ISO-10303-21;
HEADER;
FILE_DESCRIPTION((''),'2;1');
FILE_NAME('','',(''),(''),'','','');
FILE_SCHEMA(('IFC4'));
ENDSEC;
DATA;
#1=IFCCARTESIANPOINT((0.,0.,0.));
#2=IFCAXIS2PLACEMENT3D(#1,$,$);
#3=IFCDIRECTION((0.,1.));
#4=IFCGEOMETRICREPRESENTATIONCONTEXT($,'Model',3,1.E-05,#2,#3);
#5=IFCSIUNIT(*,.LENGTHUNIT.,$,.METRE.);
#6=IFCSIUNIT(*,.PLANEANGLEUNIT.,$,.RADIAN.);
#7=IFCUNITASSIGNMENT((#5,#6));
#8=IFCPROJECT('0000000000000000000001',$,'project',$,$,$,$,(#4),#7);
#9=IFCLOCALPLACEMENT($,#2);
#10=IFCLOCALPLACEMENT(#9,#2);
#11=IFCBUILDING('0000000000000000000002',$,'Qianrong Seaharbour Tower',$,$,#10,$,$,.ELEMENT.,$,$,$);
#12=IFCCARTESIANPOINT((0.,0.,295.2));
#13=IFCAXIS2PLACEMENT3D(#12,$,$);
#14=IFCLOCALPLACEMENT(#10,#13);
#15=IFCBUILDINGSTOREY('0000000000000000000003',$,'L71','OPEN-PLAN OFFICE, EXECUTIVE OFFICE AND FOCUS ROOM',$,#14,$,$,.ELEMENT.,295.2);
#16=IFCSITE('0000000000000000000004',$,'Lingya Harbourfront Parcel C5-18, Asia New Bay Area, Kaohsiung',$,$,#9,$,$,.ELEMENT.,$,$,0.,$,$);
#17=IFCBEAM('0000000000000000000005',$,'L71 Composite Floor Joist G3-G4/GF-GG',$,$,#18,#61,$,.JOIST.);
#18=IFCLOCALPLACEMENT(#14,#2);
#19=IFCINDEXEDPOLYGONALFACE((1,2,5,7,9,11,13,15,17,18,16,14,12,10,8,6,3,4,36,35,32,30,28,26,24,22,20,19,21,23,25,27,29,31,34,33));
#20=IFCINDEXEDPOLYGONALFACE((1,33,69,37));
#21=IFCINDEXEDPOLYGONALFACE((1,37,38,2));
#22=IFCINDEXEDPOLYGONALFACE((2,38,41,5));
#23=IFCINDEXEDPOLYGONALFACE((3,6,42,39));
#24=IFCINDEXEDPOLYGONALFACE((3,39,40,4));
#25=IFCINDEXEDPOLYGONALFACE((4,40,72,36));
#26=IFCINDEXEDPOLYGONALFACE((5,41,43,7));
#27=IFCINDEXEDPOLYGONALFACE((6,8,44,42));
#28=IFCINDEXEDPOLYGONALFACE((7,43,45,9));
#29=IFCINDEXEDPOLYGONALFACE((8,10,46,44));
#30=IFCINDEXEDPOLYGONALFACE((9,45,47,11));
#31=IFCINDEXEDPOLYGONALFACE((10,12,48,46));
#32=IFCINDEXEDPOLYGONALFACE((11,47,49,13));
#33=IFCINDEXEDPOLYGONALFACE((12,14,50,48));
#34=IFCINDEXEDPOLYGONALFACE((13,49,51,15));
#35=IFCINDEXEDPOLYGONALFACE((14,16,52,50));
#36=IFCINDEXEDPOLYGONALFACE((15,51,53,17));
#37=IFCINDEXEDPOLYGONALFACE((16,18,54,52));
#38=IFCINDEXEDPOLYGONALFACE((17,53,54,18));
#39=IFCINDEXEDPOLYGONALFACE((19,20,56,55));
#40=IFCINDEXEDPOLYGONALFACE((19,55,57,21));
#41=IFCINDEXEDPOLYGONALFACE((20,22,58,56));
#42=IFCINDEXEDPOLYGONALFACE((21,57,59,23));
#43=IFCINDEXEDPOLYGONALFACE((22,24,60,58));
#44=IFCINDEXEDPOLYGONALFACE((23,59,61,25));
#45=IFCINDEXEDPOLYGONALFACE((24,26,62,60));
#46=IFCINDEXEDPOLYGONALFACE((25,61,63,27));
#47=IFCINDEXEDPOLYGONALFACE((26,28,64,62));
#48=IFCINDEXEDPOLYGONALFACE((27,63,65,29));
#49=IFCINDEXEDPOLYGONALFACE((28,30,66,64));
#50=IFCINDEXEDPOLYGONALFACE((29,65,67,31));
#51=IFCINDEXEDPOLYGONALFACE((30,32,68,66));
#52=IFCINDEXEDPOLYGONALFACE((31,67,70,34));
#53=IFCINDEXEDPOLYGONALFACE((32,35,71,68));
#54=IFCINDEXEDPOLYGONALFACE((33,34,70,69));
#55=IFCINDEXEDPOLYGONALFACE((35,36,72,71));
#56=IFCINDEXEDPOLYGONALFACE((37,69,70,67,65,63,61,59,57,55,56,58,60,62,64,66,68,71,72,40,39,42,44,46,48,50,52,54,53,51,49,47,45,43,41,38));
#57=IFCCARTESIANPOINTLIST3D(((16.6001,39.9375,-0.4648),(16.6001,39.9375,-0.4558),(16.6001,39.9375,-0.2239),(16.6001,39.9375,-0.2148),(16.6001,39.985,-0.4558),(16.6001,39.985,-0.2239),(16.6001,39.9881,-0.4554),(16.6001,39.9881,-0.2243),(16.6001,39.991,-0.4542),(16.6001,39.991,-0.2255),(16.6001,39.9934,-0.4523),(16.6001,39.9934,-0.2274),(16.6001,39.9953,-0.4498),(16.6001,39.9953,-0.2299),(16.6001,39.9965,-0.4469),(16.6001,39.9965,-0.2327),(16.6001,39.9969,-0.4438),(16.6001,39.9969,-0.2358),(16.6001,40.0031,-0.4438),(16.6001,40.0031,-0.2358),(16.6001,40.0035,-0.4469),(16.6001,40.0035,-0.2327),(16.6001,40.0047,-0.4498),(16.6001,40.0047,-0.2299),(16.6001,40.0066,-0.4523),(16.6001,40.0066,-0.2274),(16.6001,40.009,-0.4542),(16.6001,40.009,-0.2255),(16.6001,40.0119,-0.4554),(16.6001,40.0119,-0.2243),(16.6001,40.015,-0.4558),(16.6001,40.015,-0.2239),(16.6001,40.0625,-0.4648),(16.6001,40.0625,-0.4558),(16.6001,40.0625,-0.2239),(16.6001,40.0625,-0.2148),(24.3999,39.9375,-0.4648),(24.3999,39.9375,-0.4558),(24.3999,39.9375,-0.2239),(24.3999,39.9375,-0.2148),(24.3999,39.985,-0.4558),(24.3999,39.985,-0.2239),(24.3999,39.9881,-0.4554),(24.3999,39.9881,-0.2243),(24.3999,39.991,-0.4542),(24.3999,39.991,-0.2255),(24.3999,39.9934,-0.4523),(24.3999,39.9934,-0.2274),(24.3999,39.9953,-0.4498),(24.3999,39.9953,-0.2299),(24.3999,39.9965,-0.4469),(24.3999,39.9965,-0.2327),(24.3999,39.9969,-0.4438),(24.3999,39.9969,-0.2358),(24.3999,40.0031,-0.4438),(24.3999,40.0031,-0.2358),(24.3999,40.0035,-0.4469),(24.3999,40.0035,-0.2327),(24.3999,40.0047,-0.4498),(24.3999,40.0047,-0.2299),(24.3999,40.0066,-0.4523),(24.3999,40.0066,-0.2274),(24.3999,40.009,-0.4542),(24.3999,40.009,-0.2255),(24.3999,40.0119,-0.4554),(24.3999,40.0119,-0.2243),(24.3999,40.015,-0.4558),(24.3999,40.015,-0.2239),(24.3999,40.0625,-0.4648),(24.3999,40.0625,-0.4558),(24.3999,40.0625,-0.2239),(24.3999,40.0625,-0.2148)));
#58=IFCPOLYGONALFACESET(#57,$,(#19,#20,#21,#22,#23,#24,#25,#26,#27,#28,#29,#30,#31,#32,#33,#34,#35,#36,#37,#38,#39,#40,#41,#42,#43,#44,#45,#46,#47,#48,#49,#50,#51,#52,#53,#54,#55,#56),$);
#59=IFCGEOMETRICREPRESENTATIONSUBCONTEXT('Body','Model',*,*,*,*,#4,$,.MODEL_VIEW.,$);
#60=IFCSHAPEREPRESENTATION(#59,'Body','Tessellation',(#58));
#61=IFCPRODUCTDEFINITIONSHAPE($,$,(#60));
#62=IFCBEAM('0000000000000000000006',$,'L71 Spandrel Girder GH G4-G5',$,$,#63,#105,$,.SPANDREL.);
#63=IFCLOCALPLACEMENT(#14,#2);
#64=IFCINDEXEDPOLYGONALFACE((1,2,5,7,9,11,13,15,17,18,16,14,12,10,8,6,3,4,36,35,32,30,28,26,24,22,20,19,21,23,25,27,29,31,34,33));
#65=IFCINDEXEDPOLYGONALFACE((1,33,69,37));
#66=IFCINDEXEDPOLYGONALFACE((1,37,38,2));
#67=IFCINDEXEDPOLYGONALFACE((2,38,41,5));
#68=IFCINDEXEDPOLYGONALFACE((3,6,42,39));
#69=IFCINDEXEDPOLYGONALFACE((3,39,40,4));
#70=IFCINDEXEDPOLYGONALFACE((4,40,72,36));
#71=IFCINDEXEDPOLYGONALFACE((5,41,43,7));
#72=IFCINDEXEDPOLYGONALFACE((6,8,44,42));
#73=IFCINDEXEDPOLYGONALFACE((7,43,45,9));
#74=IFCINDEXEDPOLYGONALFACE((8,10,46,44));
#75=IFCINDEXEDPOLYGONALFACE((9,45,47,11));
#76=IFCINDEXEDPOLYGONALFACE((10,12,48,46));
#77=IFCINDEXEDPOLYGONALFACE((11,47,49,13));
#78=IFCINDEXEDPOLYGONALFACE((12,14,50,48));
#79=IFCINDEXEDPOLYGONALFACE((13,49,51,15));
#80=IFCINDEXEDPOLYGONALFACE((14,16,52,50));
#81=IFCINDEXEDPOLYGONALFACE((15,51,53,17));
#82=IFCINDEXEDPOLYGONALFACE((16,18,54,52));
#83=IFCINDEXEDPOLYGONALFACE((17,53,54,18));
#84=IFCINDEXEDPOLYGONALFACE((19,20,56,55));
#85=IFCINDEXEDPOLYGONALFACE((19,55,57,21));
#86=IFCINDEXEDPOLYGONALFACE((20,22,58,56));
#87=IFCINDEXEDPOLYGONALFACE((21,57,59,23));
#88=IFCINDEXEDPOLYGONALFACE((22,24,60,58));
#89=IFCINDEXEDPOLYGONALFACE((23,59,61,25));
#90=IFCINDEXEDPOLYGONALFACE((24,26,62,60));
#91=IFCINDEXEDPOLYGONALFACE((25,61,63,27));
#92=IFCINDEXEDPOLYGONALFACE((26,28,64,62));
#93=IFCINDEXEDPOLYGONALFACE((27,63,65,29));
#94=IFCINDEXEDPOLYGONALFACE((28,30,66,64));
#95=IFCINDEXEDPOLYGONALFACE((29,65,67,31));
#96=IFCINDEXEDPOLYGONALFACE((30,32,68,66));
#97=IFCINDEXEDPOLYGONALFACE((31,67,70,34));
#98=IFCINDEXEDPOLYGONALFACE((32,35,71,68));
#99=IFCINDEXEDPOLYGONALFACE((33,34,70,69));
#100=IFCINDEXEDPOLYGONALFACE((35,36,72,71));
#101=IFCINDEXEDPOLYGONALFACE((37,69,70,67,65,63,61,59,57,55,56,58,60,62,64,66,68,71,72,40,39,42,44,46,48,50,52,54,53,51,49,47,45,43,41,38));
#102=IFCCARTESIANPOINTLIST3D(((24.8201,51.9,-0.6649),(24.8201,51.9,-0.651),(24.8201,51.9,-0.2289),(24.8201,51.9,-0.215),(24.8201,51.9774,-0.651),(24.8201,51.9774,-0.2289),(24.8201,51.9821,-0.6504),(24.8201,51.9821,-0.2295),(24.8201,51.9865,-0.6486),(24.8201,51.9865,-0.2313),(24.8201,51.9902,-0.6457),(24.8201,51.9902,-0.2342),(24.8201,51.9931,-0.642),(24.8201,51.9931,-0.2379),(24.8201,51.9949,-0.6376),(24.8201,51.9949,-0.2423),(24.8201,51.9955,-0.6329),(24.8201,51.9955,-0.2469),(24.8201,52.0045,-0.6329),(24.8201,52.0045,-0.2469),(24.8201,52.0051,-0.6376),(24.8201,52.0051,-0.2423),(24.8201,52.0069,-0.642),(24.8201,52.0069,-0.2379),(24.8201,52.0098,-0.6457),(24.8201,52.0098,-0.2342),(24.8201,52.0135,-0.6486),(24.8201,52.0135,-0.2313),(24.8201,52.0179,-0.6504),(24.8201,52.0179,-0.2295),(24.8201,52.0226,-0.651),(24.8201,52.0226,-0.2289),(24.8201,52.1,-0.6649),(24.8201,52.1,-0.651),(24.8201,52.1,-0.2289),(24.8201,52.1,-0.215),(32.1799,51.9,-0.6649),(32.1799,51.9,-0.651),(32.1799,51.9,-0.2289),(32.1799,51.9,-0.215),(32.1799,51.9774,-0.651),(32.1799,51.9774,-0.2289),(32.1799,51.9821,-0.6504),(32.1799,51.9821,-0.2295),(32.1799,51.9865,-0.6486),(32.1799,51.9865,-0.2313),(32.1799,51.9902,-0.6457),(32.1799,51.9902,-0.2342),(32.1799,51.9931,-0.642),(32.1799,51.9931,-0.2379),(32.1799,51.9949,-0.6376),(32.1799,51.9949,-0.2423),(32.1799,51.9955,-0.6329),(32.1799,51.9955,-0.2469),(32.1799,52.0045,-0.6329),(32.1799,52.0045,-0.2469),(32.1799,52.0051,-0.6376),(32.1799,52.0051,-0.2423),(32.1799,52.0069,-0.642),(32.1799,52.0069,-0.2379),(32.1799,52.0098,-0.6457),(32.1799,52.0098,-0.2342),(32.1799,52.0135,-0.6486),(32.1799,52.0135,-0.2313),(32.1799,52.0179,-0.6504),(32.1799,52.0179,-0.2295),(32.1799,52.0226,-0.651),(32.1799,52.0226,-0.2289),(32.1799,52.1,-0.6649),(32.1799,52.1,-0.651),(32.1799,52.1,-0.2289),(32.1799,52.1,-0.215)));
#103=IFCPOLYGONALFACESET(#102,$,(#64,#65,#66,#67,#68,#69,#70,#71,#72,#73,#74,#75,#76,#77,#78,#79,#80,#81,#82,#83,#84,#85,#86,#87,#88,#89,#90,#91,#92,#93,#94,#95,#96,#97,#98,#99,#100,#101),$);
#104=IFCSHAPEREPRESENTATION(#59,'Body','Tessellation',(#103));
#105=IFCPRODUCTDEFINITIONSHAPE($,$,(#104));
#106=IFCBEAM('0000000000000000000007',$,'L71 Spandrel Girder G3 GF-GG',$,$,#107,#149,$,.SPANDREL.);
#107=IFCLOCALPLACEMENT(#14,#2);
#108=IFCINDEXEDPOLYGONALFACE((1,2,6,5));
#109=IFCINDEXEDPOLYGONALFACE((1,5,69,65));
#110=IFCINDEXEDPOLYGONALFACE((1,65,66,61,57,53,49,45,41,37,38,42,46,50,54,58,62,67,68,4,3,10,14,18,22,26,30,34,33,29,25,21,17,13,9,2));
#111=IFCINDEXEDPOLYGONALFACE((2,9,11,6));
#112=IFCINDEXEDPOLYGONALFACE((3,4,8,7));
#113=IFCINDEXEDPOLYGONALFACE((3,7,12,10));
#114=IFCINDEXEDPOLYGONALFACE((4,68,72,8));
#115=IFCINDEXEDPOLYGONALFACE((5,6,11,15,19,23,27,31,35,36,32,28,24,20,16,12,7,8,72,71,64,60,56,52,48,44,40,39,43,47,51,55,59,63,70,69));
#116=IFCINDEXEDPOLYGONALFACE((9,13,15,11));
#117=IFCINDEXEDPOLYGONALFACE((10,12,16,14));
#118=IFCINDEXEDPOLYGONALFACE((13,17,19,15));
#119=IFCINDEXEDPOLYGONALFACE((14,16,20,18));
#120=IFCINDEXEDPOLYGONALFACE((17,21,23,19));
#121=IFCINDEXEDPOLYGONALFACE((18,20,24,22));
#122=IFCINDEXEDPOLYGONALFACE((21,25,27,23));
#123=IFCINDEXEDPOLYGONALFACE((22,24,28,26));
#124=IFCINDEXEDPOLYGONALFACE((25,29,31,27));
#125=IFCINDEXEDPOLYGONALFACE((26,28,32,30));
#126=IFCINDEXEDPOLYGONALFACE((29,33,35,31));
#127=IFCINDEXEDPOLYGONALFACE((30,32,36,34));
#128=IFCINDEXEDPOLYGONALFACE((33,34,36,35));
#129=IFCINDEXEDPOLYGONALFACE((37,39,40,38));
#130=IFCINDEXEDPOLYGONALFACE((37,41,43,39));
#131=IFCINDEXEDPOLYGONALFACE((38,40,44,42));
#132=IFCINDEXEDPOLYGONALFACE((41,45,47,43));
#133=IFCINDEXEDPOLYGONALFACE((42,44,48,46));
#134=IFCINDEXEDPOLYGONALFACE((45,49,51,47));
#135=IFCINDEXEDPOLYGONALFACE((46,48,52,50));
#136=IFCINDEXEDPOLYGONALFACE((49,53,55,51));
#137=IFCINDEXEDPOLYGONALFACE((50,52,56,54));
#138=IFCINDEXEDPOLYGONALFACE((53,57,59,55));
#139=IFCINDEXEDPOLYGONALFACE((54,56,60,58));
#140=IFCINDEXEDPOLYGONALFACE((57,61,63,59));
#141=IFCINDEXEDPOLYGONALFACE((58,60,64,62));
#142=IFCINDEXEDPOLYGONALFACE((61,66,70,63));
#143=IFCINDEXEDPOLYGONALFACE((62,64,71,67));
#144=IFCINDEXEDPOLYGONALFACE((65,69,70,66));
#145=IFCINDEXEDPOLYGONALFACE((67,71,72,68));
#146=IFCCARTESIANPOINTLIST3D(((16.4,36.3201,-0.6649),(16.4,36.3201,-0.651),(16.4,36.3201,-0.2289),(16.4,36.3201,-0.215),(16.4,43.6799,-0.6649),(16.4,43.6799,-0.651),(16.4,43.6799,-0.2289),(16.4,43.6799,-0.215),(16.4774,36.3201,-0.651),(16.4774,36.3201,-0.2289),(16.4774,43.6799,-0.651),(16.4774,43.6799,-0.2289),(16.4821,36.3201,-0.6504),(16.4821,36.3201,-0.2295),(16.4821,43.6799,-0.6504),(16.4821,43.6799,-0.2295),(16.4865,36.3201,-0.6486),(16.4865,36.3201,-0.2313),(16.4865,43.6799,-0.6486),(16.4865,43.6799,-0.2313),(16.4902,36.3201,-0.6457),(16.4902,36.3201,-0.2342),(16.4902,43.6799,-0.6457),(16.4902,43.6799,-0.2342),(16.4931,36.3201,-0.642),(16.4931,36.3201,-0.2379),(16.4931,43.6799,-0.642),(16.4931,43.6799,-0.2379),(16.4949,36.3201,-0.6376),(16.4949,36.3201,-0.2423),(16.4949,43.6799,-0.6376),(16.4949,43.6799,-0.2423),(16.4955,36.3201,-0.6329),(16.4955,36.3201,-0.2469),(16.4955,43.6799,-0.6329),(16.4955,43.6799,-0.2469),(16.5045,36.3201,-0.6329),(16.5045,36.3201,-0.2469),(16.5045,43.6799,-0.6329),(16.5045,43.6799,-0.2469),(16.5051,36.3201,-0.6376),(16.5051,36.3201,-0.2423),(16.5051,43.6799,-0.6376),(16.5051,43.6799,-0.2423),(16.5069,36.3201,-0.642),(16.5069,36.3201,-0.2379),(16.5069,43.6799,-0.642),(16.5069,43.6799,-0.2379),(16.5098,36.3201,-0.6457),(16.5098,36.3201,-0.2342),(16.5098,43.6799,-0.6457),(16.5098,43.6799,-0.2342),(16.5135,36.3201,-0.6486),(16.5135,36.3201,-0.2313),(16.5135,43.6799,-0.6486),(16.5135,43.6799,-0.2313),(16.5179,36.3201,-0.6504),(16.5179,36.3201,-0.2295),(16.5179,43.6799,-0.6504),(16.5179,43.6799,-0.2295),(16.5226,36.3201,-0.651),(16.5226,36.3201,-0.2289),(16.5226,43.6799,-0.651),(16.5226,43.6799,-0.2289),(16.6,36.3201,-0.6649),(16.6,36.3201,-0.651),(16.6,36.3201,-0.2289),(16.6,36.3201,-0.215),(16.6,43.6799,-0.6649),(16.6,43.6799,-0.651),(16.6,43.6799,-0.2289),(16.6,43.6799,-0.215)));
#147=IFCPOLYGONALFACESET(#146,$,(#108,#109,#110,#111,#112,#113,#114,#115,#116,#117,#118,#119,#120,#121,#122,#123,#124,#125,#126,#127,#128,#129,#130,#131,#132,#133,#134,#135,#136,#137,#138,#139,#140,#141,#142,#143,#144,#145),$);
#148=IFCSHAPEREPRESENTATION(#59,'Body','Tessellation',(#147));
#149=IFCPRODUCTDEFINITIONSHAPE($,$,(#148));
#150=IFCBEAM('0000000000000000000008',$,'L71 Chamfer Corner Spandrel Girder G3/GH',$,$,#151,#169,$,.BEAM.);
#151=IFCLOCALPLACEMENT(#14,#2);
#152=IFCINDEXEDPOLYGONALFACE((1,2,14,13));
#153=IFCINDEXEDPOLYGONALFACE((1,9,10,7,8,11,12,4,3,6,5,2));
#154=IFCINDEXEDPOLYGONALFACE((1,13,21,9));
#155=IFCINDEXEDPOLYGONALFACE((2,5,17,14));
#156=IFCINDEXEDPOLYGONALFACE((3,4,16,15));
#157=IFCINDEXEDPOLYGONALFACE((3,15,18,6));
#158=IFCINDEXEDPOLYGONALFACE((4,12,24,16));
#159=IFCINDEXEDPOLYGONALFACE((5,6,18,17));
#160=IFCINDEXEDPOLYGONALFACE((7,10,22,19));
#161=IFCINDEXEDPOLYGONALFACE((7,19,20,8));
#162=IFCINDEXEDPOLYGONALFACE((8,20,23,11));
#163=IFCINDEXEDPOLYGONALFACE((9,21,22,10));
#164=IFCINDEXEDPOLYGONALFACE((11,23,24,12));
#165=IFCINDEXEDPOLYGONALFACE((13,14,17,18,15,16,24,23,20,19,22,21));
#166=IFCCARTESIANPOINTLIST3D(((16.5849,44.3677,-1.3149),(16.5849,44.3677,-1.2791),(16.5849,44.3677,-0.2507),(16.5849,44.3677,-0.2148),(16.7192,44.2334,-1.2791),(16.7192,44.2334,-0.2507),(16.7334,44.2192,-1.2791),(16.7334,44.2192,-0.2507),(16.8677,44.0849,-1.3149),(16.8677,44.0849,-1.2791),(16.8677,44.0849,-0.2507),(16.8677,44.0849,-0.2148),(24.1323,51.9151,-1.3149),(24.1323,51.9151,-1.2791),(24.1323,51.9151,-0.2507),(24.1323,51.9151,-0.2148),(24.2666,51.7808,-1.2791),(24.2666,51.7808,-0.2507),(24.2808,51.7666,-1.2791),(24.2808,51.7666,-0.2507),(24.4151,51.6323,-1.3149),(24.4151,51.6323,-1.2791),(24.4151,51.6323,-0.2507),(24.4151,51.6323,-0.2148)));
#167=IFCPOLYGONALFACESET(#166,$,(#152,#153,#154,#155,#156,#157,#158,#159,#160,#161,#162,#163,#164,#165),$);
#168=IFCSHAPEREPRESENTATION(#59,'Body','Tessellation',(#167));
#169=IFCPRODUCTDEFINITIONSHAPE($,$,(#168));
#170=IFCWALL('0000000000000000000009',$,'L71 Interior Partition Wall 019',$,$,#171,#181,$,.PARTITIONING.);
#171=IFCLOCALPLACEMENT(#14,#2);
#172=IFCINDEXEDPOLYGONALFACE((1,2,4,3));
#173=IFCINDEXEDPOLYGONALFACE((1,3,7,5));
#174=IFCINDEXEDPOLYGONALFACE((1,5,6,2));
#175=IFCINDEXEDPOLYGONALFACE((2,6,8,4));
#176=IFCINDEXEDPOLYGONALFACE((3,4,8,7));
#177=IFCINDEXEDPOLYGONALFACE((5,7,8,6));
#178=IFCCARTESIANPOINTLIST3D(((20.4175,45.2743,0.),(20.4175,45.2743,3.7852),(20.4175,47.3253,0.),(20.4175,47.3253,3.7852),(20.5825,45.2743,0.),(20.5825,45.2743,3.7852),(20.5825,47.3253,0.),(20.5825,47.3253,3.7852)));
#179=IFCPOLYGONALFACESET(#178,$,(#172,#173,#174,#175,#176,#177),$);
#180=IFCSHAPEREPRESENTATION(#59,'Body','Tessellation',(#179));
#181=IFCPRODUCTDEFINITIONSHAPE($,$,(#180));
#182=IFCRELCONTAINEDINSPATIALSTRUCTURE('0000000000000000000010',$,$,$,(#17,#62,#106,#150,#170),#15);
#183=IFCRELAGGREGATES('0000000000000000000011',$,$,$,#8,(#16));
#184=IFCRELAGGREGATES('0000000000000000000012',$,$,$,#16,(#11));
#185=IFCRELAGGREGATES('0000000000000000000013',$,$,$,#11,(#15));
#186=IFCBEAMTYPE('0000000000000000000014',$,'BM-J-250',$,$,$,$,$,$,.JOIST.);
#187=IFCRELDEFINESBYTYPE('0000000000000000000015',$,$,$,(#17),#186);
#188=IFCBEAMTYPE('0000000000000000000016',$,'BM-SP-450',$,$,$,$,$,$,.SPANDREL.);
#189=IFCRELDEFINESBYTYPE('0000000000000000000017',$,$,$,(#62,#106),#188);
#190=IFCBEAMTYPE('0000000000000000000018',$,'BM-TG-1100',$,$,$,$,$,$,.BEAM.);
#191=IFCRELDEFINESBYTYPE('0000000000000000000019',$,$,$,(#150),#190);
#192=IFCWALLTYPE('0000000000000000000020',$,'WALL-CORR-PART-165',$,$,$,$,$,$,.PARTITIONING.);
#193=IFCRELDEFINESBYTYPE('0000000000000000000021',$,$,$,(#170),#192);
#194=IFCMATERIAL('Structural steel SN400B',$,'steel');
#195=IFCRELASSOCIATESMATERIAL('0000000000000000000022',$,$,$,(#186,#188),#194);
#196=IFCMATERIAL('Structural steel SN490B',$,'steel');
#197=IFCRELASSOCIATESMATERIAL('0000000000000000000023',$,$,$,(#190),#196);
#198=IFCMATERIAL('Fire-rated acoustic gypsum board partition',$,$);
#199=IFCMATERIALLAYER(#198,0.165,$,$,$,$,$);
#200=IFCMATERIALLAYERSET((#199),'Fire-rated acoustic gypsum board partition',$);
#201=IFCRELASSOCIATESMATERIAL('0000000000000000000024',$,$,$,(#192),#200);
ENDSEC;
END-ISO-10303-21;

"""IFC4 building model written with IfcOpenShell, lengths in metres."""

from ifc_helpers import new_model, si_unit, direction, frame, frame_2d, origin, origin_2d, place, context, subcontext, project, spatial, rectangle, i_section, extrude, material, layer, layer_set, material_profile, profile_set, type_object, element, save


model = new_model("IFC4")

# Units and contexts
model_context = context("Model", 3, precision=1e-05, world=origin(), true_north=direction((0.0, 1.0)))
body_context = subcontext(model_context, "Body", "Model", "MODEL_VIEW")
ifc_project = project(units=[si_unit("LENGTHUNIT", "METRE"), si_unit("PLANEANGLEUNIT", "RADIAN")], contexts=[model_context])

# Site, building, storey
site_placement = place(None, origin())
site = spatial("IfcSite", under=ifc_project, at=site_placement, Name="Lingya Harbourfront Parcel C5-18, Asia New Bay Area, Kaohsiung", CompositionType="ELEMENT", RefElevation=0.0)
building_placement = place(site_placement, origin())
building = spatial("IfcBuilding", under=site, at=building_placement, Name="Qianrong Seaharbour Tower", CompositionType="ELEMENT")
storey_placement = place(building_placement, frame((0.0, 0.0, 295.2)))
storey = spatial("IfcBuildingStorey", under=building, at=storey_placement, Name="L71", Description="OPEN-PLAN OFFICE, EXECUTIVE OFFICE AND FOCUS ROOM", CompositionType="ELEMENT", Elevation=295.2)

# Shared definitions
ifc_material_1 = material(Name="Structural steel SN490B", Category="steel")
ifc_material_2 = material(Name="Structural steel SN400B", Category="steel")

# Beams
ifc_material_profile_1 = material_profile(ifc_material_2, i_section(OverallWidth=0.125, OverallDepth=0.25, WebThickness=0.0061, FlangeThickness=0.009, FilletRadius=0.012, at=origin_2d()), Name="H250x125x6x9")
ifc_profile_set_1 = profile_set([ifc_material_profile_1], Name="Structural steel SN400B")
beam_type_1 = type_object("IfcBeamType", Name="BM-J-250", PredefinedType="JOIST", material=ifc_profile_set_1)
beam_1_placement = place(storey_placement, frame((16.6001, 40.0, -0.3398), z_axis=(1.0, 0.0, 0.0), x_axis=(0.0, 1.0, 0.0)))
element("IfcBeam", 1, at=beam_1_placement, inside=storey, type_object=beam_type_1, Name="L71 Composite Floor Joist G3-G4/GF-GG", PredefinedType="JOIST", context=body_context, shape_type="SweptSolid", body=[
    extrude(i_section(OverallWidth=0.125, OverallDepth=0.25, WebThickness=0.0061, FlangeThickness=0.009, FilletRadius=0.012, at=origin_2d()), origin(), (0.0, 0.0, 1.0), 7.7998),
])
ifc_material_profile_2 = material_profile(ifc_material_2, i_section(OverallWidth=0.2, OverallDepth=0.45, WebThickness=0.009, FlangeThickness=0.0139, FilletRadius=0.0181, at=origin_2d()), Name="H450x200x9x14")
ifc_profile_set_2 = profile_set([ifc_material_profile_2], Name="Structural steel SN400B")
beam_type_2 = type_object("IfcBeamType", Name="BM-SP-450", PredefinedType="SPANDREL", material=ifc_profile_set_2)
for number, where, z_axis, x_axis, name in (
    (2, (24.8201, 52.0, -0.4399), (1.0, 0.0, 0.0), (0.0, 1.0, 0.0), "L71 Spandrel Girder GH G4-G5"),
    (3, (16.5, 36.3201, -0.4399), (0.0, 1.0, 0.0), (-1.0, 0.0, 0.0), "L71 Spandrel Girder G3 GF-GG"),
):
    element("IfcBeam", number, at=place(storey_placement, frame(where, z_axis=z_axis, x_axis=x_axis)), inside=storey, type_object=beam_type_2, Name=name, PredefinedType="SPANDREL", context=body_context, shape_type="SweptSolid", body=[
        extrude(i_section(OverallWidth=0.2, OverallDepth=0.45, WebThickness=0.009, FlangeThickness=0.0139, FilletRadius=0.0181, at=origin_2d()), origin(), (0.0, 0.0, 1.0), 7.3599),
    ])
ifc_material_profile_3 = material_profile(ifc_material_1, i_section(OverallWidth=0.3999, OverallDepth=1.1001, WebThickness=0.02, FlangeThickness=0.0359, at=origin_2d()), Name="BH1100x400x20x36")
ifc_profile_set_3 = profile_set([ifc_material_profile_3], Name="Structural steel SN490B")
beam_type_3 = type_object("IfcBeamType", Name="BM-TG-1100", PredefinedType="BEAM", material=ifc_profile_set_3)
beam_2_placement = place(storey_placement, frame((24.2737, 51.7737, -0.7649), z_axis=(-0.707107, -0.707107, 0.0), x_axis=(0.707107, -0.707107, 0.0)))
element("IfcBeam", 4, at=beam_2_placement, inside=storey, type_object=beam_type_3, Name="L71 Chamfer Corner Spandrel Girder G3/GH", PredefinedType="BEAM", context=body_context, shape_type="SweptSolid", body=[
    extrude(i_section(OverallWidth=0.3999, OverallDepth=1.1001, WebThickness=0.02, FlangeThickness=0.0359, at=origin_2d()), origin(), (0.0, 0.0, 1.0), 10.6736),
])

# Wall
ifc_material_3 = material(Name="Fire-rated acoustic gypsum board partition")
ifc_layer_1 = layer(ifc_material_3, 0.165)
ifc_layer_set_1 = layer_set([ifc_layer_1], Name="Fire-rated acoustic gypsum board partition")
wall_type_1 = type_object("IfcWallType", Name="WALL-CORR-PART-165", PredefinedType="PARTITIONING", material=ifc_layer_set_1)
wall_1_placement = place(storey_placement, frame((20.5, 45.2744, 0.0), z_axis=(0.0, 0.0, 1.0), x_axis=(0.0, 1.0, 0.0)))
element("IfcWall", 5, at=wall_1_placement, inside=storey, type_object=wall_type_1, Name="L71 Interior Partition Wall 019", PredefinedType="PARTITIONING", context=body_context, shape_type="SweptSolid", body=[
    extrude(rectangle(XDim=2.051, YDim=0.165, at=frame_2d((1.0254, 0.0))), origin(), (0.0, 0.0, 1.0), 3.7852),
])

save(model, "model.ifc")
